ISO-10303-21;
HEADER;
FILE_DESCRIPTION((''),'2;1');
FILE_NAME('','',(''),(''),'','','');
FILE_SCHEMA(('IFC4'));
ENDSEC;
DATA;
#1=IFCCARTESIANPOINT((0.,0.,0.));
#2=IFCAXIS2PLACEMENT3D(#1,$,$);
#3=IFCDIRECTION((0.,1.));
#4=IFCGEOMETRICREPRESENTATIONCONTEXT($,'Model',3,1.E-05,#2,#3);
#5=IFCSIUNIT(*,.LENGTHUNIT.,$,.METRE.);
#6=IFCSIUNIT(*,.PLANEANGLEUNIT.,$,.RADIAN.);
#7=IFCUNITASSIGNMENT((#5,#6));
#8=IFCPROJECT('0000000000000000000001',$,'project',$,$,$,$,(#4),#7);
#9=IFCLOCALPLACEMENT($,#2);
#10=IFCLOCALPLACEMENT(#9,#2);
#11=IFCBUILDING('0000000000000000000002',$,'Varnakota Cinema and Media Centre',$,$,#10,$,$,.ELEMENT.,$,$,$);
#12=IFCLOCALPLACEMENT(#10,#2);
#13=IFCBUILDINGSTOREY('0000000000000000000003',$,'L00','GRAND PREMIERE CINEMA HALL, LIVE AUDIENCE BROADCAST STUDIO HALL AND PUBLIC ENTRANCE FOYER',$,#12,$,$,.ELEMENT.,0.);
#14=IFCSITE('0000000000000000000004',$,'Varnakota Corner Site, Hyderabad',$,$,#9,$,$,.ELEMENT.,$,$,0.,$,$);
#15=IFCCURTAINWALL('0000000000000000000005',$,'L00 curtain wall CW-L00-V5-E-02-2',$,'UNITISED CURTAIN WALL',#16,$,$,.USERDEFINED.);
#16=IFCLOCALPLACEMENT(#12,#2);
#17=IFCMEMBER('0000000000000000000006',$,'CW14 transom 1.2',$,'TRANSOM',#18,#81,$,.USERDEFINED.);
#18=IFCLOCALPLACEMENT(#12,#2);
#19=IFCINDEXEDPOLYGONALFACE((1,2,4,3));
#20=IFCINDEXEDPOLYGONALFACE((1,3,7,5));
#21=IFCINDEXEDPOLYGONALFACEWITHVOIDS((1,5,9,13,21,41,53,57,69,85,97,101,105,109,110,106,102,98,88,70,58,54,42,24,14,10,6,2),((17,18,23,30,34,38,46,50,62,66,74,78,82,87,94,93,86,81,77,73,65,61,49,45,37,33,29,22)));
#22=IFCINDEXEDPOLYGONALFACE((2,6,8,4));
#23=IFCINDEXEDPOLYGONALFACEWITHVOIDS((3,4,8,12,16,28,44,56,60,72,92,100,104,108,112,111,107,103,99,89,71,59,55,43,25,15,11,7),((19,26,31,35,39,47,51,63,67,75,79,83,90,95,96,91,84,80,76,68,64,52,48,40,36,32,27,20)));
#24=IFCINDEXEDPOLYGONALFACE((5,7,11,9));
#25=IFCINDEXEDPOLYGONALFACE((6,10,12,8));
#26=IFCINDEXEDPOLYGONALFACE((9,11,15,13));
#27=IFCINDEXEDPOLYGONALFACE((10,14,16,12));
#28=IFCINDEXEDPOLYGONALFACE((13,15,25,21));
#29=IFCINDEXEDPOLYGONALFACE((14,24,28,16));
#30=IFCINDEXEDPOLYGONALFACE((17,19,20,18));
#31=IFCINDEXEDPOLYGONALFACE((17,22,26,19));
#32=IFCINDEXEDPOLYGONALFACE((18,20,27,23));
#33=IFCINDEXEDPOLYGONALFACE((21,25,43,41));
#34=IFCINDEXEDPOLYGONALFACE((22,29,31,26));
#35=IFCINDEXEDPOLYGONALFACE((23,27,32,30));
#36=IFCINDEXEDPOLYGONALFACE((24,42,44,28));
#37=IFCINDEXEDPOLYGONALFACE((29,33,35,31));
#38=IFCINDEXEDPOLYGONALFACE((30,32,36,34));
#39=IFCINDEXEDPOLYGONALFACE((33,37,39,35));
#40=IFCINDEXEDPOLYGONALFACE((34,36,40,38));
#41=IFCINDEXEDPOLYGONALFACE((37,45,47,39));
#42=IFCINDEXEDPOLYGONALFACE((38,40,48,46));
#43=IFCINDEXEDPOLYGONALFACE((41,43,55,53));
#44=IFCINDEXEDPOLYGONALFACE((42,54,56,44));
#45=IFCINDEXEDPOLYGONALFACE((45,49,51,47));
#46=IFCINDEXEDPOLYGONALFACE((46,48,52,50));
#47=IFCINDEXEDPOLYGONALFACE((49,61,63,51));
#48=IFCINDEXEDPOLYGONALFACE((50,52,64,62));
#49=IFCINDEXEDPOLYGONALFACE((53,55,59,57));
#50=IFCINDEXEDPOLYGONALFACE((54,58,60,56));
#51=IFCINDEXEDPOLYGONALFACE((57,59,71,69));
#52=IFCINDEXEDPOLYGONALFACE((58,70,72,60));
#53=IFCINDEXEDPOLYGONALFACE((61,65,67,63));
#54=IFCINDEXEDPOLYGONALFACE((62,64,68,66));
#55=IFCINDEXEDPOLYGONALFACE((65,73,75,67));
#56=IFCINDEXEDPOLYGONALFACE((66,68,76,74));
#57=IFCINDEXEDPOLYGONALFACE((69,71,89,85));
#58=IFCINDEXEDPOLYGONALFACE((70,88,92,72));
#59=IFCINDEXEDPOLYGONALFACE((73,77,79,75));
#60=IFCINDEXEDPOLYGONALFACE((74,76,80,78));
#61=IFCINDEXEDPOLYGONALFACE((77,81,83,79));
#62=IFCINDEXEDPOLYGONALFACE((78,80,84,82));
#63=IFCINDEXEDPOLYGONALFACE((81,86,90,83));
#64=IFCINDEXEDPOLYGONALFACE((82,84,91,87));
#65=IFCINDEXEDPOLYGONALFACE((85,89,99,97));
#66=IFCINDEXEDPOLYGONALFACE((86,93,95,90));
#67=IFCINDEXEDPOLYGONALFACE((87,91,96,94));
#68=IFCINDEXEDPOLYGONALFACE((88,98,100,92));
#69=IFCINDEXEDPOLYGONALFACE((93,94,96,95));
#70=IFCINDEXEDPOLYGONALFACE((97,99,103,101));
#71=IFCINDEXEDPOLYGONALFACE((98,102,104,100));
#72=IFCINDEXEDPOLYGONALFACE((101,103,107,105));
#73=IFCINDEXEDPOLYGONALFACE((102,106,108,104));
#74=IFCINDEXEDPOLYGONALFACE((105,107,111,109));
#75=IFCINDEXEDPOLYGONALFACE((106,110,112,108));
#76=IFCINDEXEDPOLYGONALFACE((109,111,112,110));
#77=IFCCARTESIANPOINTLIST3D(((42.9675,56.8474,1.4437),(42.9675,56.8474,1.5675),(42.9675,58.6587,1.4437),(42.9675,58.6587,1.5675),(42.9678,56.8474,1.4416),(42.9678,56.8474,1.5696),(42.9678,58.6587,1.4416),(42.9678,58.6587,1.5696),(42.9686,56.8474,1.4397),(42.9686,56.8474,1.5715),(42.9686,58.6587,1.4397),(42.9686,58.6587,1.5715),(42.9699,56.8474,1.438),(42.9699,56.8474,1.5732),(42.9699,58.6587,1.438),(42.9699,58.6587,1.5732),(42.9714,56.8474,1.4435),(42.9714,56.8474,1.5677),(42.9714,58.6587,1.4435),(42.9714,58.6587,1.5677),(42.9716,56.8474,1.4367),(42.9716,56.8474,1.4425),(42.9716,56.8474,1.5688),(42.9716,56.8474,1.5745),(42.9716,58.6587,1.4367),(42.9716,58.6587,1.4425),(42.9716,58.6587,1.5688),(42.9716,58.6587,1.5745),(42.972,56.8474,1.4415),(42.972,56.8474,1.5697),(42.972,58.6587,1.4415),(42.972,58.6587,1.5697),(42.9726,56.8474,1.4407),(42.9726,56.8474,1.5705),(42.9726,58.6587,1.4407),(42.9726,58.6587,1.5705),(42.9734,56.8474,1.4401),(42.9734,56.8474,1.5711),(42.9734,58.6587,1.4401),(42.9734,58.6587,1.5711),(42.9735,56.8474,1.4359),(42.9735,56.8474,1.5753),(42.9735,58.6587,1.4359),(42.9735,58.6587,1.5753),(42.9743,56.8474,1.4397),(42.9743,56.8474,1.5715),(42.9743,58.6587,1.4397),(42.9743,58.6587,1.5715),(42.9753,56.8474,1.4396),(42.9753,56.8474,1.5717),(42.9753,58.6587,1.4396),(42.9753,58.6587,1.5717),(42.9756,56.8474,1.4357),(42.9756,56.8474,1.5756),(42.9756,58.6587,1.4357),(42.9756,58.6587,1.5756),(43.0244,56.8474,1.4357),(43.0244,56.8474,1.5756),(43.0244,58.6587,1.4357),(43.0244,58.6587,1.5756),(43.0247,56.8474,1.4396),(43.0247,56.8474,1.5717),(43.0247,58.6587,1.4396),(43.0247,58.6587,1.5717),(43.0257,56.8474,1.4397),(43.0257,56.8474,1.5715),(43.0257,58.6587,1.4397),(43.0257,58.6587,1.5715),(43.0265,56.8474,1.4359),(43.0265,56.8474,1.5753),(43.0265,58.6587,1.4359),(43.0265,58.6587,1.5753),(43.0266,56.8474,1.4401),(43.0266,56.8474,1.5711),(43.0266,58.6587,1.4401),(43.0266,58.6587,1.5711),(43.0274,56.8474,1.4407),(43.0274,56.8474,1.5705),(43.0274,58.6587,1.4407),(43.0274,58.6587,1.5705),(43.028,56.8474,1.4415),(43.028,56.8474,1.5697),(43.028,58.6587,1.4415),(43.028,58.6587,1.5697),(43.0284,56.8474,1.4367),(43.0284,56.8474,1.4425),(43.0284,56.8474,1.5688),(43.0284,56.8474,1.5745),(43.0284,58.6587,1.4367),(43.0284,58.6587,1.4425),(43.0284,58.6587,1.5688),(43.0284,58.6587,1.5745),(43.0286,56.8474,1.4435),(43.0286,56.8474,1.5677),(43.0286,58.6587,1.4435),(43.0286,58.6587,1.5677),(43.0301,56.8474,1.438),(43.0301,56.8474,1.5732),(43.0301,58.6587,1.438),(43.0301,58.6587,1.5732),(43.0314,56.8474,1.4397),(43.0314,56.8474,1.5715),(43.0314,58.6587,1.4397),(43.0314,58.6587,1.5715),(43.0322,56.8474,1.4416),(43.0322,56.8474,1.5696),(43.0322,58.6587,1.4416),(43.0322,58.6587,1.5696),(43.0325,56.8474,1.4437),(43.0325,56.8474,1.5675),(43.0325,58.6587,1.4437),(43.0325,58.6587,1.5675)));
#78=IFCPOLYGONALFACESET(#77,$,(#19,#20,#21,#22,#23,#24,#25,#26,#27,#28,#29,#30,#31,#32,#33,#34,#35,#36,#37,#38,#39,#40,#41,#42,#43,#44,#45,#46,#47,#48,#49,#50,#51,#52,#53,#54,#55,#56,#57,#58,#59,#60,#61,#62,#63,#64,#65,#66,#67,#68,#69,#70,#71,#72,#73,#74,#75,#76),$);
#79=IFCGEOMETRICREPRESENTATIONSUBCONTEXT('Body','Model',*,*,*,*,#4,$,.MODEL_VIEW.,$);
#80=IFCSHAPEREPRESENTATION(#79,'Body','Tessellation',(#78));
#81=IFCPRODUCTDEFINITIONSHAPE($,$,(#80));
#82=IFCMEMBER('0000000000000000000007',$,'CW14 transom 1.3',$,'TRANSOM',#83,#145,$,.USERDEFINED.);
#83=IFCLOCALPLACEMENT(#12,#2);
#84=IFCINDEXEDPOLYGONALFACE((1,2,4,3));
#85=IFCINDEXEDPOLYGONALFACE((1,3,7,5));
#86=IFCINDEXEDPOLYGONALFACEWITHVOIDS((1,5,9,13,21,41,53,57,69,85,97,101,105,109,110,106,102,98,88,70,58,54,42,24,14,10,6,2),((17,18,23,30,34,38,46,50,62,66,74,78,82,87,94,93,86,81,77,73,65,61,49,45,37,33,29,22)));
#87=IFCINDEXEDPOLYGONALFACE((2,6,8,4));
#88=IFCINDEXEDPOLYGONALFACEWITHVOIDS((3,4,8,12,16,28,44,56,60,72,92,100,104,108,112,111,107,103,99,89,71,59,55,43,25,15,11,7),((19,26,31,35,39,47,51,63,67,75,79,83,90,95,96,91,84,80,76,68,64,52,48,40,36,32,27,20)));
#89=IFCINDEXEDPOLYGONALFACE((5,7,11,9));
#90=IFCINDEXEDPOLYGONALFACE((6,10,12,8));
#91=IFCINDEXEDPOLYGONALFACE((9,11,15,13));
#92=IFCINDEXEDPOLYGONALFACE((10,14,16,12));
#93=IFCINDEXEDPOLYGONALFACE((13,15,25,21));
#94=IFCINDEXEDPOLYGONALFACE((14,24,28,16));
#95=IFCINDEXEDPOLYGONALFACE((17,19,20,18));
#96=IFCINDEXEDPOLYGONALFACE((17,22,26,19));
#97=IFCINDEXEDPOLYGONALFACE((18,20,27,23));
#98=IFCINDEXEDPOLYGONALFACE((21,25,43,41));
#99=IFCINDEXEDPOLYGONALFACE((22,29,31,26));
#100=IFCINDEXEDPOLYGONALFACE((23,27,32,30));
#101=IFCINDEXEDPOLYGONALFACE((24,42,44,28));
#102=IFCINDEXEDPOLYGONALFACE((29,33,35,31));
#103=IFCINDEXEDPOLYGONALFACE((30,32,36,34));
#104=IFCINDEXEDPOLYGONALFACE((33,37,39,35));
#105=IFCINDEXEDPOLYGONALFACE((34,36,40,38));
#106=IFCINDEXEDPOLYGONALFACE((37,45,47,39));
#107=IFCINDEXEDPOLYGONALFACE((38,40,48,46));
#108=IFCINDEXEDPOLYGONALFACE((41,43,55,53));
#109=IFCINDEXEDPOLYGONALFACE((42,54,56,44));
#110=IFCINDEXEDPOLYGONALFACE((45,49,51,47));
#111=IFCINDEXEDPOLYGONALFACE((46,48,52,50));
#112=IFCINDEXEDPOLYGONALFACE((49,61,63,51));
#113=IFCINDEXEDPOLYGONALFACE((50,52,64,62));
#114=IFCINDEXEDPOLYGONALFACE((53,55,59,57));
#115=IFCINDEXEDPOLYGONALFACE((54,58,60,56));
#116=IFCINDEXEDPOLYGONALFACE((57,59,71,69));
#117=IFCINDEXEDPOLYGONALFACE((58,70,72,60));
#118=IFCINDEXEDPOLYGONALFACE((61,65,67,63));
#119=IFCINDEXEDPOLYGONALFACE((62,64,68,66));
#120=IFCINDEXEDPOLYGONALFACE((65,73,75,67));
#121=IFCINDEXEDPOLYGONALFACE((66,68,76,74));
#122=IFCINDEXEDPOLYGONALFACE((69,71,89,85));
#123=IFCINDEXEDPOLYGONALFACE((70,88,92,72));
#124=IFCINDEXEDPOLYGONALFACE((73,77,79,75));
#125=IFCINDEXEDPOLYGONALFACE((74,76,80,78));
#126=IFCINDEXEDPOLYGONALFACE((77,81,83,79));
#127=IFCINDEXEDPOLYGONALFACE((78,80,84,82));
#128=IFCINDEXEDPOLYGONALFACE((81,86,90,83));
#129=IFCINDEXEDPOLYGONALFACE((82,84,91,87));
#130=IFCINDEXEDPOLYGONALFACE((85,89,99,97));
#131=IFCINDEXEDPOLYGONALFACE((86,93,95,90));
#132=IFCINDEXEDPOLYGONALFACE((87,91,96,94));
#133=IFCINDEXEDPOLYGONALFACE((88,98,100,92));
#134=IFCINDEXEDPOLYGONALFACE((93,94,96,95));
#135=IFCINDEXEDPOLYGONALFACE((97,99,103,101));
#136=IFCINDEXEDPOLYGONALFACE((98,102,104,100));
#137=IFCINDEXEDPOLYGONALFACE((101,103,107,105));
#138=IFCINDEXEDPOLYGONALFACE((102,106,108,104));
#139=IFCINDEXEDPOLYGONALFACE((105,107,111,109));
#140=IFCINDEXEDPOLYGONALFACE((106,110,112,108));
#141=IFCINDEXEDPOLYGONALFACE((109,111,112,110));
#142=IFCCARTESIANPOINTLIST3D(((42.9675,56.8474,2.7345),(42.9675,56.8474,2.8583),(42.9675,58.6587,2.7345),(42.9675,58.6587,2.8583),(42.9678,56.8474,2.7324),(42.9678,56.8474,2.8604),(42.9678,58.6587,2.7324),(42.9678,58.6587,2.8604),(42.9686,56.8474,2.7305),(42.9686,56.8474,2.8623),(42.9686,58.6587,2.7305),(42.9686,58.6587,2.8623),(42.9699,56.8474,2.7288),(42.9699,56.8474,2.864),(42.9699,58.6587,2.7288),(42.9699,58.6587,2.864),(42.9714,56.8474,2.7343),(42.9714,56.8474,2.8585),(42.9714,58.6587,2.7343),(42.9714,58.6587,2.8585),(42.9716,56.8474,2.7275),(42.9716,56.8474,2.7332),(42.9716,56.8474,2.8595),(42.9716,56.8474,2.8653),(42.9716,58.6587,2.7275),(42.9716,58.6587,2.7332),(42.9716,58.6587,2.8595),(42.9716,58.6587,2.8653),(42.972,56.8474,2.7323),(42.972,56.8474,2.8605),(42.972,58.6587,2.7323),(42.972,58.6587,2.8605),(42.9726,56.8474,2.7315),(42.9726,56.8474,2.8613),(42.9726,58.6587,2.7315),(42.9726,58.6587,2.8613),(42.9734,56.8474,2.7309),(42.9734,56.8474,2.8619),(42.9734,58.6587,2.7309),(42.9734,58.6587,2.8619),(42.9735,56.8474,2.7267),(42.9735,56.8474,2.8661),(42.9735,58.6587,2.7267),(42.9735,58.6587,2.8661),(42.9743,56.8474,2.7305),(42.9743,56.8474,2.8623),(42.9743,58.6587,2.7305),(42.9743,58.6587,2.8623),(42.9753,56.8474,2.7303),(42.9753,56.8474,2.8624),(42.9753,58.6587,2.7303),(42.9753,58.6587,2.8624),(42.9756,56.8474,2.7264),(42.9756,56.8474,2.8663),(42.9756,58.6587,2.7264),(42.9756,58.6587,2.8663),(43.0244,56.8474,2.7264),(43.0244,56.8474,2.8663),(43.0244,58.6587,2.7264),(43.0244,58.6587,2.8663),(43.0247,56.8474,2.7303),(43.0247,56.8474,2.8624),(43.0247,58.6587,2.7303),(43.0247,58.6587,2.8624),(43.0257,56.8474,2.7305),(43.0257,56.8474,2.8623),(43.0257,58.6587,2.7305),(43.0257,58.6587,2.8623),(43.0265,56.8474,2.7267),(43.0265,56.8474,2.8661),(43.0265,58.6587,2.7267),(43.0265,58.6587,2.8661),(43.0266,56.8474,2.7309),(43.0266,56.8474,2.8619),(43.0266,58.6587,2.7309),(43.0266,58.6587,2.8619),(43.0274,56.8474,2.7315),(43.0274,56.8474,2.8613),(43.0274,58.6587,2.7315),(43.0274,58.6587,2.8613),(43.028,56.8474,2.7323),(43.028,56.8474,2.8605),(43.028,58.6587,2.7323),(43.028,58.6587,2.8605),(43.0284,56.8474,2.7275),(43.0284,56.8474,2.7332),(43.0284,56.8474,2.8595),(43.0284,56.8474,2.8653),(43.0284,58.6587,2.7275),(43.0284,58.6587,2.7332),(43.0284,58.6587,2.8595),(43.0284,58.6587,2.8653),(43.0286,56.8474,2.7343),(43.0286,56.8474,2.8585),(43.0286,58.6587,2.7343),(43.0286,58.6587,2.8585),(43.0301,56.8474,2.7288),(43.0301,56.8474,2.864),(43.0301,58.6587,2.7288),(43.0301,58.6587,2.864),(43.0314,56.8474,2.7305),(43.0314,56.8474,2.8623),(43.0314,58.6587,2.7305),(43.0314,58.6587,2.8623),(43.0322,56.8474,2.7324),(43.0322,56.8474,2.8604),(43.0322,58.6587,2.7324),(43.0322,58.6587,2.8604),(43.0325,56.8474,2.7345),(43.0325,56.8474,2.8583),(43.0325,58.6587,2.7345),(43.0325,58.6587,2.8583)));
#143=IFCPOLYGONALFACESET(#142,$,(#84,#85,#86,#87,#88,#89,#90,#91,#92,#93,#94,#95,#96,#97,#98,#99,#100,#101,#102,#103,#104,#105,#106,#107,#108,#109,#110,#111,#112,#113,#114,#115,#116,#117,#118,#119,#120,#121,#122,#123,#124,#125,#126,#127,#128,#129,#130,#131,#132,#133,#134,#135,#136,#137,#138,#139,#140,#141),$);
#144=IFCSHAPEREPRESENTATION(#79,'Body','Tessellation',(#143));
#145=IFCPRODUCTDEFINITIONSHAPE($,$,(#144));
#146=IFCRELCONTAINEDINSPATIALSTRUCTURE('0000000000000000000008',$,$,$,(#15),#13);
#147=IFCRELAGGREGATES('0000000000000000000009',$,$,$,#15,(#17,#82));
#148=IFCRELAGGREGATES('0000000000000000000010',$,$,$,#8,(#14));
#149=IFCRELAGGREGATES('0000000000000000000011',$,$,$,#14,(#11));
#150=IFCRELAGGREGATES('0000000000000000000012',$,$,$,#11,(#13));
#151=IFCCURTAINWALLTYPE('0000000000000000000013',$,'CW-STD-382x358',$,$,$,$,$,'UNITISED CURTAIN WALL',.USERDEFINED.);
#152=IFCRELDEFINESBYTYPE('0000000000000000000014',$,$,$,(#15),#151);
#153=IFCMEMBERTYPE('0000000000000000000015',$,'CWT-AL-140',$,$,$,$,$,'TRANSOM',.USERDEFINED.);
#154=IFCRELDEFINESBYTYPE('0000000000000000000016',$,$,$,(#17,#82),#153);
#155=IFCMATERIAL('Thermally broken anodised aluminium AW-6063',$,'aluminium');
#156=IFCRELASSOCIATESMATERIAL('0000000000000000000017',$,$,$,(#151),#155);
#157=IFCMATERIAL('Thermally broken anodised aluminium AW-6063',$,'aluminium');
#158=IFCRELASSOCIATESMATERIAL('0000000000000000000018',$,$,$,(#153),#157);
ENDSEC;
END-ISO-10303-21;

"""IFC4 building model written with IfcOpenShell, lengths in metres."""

from ifc_helpers import new_model, si_unit, direction, frame, origin, origin_2d, place, context, subcontext, project, spatial, hollow_rectangle, extrude, material, material_profile, profile_set, type_object, element, aggregate, save


model = new_model("IFC4")

# Units and contexts
model_context = context("Model", 3, precision=1e-05, world=origin(), true_north=direction((0.0, 1.0)))
body_context = subcontext(model_context, "Body", "Model", "MODEL_VIEW")
ifc_project = project(units=[si_unit("LENGTHUNIT", "METRE"), si_unit("PLANEANGLEUNIT", "RADIAN")], contexts=[model_context])

# Site, building, storey
site_placement = place(None, origin())
site = spatial("IfcSite", under=ifc_project, at=site_placement, Name="Varnakota Corner Site, Hyderabad", CompositionType="ELEMENT", RefElevation=0.0)
building_placement = place(site_placement, origin())
building = spatial("IfcBuilding", under=site, at=building_placement, Name="Varnakota Cinema and Media Centre", CompositionType="ELEMENT")
storey_placement = place(building_placement, origin())
storey = spatial("IfcBuildingStorey", under=building, at=storey_placement, Name="L00", Description="GRAND PREMIERE CINEMA HALL, LIVE AUDIENCE BROADCAST STUDIO HALL AND PUBLIC ENTRANCE FOYER", CompositionType="ELEMENT", Elevation=0.0)

# Shared definitions
ifc_material_1 = material(Name="Thermally broken anodised aluminium AW-6063", Category="aluminium")
curtain_wall_type = type_object("IfcCurtainWallType", Name="CW-STD-382x358", ElementType="UNITISED CURTAIN WALL", PredefinedType="USERDEFINED", material=ifc_material_1)

# Curtain wall
curtain_wall_1_placement = place(storey_placement, origin())
curtain_wall_1 = element("IfcCurtainWall", 1, at=curtain_wall_1_placement, inside=storey, type_object=curtain_wall_type, Name="L00 curtain wall CW-L00-V5-E-02-2", ObjectType="UNITISED CURTAIN WALL", PredefinedType="USERDEFINED")

# Members
ifc_material_2 = material(Name="Thermally broken anodised aluminium AW-6063", Category="aluminium")
ifc_material_profile_1 = material_profile(ifc_material_2, hollow_rectangle(XDim=0.0649, YDim=0.1399, WallThickness=0.0039, InnerFilletRadius=0.0039, OuterFilletRadius=0.0081, at=origin_2d()), Name="AL-TRANSOM 140x65x4")
ifc_profile_set_1 = profile_set([ifc_material_profile_1], Name="Thermally broken anodised aluminium AW-6063")
member_type_1 = type_object("IfcMemberType", Name="CWT-AL-140", ElementType="TRANSOM", PredefinedType="USERDEFINED", material=ifc_profile_set_1)
member_1_placement = place(storey_placement, frame((43.0, 56.8474, 1.5056), z_axis=(0.0, 1.0, 0.0), x_axis=(-1.0, 0.0, 0.0)))
member_1 = element("IfcMember", 2, at=member_1_placement, type_object=member_type_1, Name="CW14 transom 1.2", ObjectType="TRANSOM", PredefinedType="USERDEFINED", context=body_context, shape_type="SweptSolid", body=[
    extrude(hollow_rectangle(XDim=0.0649, YDim=0.1399, WallThickness=0.0039, InnerFilletRadius=0.0039, OuterFilletRadius=0.0081, at=origin_2d()), origin(), (0.0, 0.0, 1.0), 1.8113),
])
member_2_placement = place(storey_placement, frame((43.0, 56.8474, 2.7964), z_axis=(0.0, 1.0, 0.0), x_axis=(-1.0, 0.0, 0.0)))
member_2 = element("IfcMember", 3, at=member_2_placement, type_object=member_type_1, Name="CW14 transom 1.3", ObjectType="TRANSOM", PredefinedType="USERDEFINED", context=body_context, shape_type="SweptSolid", body=[
    extrude(hollow_rectangle(XDim=0.0649, YDim=0.1399, WallThickness=0.0039, InnerFilletRadius=0.0039, OuterFilletRadius=0.0081, at=origin_2d()), origin(), (0.0, 0.0, 1.0), 1.8113),
])

aggregate(curtain_wall_1, [member_1, member_2])

save(model, "model.ifc")
